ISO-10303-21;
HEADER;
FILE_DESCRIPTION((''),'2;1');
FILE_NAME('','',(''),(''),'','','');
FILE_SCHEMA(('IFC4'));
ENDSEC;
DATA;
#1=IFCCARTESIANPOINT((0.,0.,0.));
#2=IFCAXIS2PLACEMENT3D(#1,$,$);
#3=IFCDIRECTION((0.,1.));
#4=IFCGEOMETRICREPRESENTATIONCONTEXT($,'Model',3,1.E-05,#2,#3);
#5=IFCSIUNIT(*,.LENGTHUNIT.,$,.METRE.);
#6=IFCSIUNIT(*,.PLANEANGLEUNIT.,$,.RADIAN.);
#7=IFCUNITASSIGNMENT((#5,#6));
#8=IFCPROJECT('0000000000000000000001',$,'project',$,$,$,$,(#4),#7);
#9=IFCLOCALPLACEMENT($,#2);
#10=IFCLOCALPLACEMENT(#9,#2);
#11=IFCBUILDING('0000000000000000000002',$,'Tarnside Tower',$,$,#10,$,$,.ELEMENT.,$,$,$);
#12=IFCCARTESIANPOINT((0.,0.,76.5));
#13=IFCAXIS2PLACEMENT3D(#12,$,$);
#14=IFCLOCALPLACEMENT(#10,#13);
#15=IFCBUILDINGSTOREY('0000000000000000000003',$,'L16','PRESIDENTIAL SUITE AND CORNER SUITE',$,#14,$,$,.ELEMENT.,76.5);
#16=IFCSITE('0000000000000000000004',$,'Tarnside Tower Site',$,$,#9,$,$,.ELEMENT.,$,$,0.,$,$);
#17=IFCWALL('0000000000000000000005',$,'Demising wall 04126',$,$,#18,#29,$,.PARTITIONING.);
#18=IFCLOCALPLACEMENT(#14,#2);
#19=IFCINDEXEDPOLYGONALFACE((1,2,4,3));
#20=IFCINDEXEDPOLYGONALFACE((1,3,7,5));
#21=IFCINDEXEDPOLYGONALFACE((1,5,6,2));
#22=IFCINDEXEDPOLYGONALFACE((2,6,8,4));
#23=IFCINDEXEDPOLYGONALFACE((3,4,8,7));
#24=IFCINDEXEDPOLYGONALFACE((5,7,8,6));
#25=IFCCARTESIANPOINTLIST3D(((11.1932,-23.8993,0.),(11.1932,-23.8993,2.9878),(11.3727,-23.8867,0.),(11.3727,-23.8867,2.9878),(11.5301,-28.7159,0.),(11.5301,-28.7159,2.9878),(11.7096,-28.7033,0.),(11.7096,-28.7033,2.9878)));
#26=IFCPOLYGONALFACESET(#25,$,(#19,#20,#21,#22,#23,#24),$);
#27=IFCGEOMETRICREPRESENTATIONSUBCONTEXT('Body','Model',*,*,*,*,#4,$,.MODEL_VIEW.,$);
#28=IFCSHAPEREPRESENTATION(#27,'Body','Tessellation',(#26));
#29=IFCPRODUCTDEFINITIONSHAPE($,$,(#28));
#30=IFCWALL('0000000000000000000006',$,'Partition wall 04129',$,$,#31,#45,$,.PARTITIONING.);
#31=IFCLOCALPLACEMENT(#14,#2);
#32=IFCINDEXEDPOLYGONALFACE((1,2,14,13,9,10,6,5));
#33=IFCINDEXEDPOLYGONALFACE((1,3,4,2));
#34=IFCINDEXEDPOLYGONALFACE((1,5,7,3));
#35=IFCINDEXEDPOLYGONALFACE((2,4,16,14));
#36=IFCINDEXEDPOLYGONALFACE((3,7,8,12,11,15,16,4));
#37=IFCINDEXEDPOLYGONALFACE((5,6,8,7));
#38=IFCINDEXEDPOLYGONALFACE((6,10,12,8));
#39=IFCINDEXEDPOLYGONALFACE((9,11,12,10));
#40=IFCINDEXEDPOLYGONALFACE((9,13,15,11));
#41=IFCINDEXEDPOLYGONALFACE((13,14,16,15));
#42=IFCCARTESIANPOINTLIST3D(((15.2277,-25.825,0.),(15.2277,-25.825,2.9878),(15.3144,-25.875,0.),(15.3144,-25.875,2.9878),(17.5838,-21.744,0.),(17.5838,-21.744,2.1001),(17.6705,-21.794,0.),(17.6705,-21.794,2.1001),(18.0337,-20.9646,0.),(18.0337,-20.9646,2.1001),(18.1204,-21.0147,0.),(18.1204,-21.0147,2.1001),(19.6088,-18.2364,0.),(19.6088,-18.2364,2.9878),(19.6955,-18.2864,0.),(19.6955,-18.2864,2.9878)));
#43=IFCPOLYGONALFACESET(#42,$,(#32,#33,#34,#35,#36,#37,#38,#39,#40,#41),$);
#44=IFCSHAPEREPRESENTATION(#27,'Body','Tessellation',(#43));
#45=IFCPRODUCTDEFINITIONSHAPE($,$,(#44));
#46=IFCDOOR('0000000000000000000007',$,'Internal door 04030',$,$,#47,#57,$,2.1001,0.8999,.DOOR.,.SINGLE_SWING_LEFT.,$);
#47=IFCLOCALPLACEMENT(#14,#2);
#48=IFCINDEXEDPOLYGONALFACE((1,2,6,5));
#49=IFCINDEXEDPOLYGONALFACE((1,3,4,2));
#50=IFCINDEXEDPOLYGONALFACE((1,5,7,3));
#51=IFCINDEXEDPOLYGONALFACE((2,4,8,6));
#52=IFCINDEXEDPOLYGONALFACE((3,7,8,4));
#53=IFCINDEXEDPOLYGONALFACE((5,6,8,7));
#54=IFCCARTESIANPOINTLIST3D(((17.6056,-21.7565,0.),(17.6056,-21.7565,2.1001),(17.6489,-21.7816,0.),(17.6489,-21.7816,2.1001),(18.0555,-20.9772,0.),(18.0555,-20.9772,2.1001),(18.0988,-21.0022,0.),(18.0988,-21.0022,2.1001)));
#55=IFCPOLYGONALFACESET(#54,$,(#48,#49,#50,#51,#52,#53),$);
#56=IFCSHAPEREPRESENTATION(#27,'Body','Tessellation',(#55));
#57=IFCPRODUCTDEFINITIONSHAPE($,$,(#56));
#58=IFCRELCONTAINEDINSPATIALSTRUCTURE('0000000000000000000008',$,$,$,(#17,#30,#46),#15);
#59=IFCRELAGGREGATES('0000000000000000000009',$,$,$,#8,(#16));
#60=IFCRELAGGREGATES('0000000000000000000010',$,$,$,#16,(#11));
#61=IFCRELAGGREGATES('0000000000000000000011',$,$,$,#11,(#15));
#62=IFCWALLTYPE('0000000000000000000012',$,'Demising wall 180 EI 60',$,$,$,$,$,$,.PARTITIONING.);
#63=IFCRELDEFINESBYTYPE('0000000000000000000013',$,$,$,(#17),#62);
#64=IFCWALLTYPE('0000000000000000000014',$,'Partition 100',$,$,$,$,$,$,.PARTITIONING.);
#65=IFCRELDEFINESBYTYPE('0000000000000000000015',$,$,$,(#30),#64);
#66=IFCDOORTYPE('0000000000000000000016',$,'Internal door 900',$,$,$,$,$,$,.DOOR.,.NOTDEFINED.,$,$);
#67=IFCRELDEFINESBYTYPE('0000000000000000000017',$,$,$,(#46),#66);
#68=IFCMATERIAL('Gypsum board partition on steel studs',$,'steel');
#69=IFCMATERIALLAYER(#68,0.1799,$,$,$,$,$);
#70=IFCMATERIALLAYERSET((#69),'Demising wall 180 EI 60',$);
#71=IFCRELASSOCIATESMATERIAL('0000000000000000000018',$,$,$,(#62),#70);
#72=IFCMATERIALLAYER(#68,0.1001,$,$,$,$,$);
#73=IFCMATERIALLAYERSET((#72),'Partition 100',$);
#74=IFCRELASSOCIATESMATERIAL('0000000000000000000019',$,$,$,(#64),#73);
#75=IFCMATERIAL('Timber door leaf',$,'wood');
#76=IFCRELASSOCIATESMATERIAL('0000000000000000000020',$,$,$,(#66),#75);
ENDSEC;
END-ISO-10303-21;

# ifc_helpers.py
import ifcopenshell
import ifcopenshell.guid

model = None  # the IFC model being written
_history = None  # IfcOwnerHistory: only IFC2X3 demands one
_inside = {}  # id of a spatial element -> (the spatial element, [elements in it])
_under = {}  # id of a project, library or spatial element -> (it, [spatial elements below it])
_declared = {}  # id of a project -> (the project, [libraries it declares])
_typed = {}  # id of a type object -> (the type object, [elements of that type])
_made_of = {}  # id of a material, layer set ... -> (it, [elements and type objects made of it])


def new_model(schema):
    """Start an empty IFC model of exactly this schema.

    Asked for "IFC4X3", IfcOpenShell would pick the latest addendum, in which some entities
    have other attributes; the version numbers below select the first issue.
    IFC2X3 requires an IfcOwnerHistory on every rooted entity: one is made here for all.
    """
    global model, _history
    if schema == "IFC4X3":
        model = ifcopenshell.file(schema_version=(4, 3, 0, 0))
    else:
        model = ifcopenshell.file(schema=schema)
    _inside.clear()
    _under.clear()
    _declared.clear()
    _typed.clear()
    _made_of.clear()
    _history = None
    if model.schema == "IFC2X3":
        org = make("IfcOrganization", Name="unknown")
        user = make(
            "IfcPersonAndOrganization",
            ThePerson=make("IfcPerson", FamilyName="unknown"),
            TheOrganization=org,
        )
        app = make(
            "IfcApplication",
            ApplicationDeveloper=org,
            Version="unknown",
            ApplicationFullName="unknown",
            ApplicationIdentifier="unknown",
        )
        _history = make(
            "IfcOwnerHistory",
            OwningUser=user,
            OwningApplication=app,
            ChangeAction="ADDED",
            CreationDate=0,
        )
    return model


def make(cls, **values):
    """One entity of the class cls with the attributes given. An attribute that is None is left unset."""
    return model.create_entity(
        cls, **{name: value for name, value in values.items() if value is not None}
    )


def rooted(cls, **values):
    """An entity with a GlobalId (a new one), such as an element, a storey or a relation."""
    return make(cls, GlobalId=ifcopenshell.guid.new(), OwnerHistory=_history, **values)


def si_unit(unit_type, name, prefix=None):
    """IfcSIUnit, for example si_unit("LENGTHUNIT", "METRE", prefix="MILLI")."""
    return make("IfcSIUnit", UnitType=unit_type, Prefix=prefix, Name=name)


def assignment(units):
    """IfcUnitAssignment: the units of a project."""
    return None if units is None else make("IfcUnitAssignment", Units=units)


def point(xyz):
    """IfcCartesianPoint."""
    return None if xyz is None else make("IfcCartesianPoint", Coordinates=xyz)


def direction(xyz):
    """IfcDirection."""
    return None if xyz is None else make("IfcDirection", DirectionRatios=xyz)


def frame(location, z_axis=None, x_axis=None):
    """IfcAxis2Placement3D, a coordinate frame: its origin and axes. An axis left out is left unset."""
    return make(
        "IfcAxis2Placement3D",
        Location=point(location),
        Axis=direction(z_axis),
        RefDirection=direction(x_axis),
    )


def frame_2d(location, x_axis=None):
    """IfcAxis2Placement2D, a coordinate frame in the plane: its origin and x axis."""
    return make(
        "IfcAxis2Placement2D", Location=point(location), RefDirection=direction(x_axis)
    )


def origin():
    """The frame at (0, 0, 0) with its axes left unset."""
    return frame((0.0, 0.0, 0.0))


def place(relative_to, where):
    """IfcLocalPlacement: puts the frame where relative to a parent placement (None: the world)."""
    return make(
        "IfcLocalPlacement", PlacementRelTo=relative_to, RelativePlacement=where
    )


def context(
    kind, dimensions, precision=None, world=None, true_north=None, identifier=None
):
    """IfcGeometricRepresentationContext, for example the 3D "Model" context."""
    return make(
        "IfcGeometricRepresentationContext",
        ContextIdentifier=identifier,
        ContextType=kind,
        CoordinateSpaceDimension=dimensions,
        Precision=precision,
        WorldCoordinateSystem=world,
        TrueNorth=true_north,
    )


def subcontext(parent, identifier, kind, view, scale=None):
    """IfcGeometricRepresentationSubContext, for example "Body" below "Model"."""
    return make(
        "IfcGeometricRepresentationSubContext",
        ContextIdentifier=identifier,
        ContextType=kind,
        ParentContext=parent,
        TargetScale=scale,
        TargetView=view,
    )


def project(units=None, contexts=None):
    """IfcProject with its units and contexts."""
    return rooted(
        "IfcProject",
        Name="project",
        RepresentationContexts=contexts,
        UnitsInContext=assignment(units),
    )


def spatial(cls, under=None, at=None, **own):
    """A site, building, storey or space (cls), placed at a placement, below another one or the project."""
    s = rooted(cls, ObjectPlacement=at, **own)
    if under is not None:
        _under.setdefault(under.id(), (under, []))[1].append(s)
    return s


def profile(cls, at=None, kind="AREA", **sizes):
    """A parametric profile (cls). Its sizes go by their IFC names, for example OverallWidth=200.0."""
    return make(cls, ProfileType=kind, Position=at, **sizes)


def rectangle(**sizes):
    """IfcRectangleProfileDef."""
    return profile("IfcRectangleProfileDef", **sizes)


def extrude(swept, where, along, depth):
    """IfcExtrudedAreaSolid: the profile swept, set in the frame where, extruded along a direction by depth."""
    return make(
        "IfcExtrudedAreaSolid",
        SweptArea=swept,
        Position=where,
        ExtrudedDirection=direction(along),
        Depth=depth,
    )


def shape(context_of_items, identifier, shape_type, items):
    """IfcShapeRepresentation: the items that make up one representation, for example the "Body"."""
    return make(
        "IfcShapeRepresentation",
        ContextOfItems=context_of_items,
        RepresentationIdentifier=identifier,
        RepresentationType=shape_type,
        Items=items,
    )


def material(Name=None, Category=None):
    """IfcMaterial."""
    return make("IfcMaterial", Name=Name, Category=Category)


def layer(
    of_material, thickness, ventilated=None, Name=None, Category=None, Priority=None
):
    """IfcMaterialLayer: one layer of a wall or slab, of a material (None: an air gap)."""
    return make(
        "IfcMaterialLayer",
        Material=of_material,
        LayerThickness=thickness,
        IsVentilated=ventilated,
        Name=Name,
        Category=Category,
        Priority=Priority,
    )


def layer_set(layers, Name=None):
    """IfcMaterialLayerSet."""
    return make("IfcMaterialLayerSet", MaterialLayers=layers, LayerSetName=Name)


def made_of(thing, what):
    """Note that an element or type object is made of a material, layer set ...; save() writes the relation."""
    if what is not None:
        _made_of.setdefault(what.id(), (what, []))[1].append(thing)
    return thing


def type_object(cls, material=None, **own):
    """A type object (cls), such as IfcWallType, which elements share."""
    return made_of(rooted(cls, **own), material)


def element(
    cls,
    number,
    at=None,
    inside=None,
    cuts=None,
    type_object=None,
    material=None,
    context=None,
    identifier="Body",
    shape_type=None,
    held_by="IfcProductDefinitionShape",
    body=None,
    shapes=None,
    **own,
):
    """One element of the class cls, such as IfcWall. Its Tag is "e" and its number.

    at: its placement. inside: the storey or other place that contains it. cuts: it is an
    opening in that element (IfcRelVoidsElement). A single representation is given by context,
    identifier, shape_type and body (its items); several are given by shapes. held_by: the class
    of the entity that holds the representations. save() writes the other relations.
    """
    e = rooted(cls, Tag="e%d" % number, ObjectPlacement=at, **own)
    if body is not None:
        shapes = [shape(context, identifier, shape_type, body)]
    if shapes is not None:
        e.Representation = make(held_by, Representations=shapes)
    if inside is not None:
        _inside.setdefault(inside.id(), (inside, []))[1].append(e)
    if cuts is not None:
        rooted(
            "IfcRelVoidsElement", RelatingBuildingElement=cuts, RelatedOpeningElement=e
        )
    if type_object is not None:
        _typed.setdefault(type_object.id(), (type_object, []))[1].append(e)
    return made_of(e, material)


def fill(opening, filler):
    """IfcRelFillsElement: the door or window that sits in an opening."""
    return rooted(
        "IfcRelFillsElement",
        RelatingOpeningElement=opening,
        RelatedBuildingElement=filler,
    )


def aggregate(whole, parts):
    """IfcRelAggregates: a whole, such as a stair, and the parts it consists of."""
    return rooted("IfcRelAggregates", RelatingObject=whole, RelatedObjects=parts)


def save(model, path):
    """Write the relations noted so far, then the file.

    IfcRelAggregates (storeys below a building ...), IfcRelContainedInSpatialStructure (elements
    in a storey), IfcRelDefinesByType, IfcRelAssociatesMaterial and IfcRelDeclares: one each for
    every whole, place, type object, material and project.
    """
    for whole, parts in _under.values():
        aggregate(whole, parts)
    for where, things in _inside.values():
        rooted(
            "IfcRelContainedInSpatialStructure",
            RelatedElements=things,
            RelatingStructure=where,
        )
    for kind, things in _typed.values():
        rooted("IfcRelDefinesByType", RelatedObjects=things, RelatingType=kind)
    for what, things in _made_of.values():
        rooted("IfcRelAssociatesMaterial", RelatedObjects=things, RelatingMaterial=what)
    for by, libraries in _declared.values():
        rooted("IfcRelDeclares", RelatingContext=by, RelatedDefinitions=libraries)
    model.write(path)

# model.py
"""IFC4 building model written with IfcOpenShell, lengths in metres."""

from ifc_helpers import new_model, si_unit, direction, frame, frame_2d, origin, place, context, subcontext, project, spatial, rectangle, extrude, material, layer, layer_set, type_object, element, fill, save


model = new_model("IFC4")

# Units and contexts
model_context = context("Model", 3, precision=1e-05, world=origin(), true_north=direction((0.0, 1.0)))
body_context = subcontext(model_context, "Body", "Model", "MODEL_VIEW")
ifc_project = project(units=[si_unit("LENGTHUNIT", "METRE"), si_unit("PLANEANGLEUNIT", "RADIAN")], contexts=[model_context])

# Site, building, storey
site_placement = place(None, origin())
site = spatial("IfcSite", under=ifc_project, at=site_placement, Name="Tarnside Tower Site", CompositionType="ELEMENT", RefElevation=0.0)
building_placement = place(site_placement, origin())
building = spatial("IfcBuilding", under=site, at=building_placement, Name="Tarnside Tower", CompositionType="ELEMENT")
storey_placement = place(building_placement, frame((0.0, 0.0, 76.5)))
storey = spatial("IfcBuildingStorey", under=building, at=storey_placement, Name="L16", Description="PRESIDENTIAL SUITE AND CORNER SUITE", CompositionType="ELEMENT", Elevation=76.5)

# Shared definitions
ifc_material_1 = material(Name="Gypsum board partition on steel studs", Category="steel")
ifc_material_2 = material(Name="Timber door leaf", Category="wood")

# Wall
ifc_layer_1 = layer(ifc_material_1, 0.1799)
ifc_layer_set_1 = layer_set([ifc_layer_1], Name="Demising wall 180 EI 60")
wall_type_1 = type_object("IfcWallType", Name="Demising wall 180 EI 60", PredefinedType="PARTITIONING", material=ifc_layer_set_1)
wall_1_placement = place(storey_placement, frame((11.6199, -28.7095, 0.0), z_axis=(0.0, 0.0, 1.0), x_axis=(-0.069777, 0.997563, 0.0)))
element("IfcWall", 1, at=wall_1_placement, inside=storey, type_object=wall_type_1, Name="Demising wall 04126", PredefinedType="PARTITIONING", context=body_context, shape_type="SweptSolid", body=[
    extrude(rectangle(XDim=4.8284, YDim=0.1799, at=frame_2d((2.4141, 0.0))), origin(), (0.0, 0.0, 1.0), 2.9878),
])

# Wall, opening, door
ifc_layer_2 = layer(ifc_material_1, 0.1001)
ifc_layer_set_2 = layer_set([ifc_layer_2], Name="Partition 100")
wall_type_2 = type_object("IfcWallType", Name="Partition 100", PredefinedType="PARTITIONING", material=ifc_layer_set_2)
wall_2_placement = place(storey_placement, frame((15.271, -25.8501, 0.0), z_axis=(0.0, 0.0, 1.0), x_axis=(0.499984, 0.866035, 0.0)))
wall_2 = element("IfcWall", 2, at=wall_2_placement, inside=storey, type_object=wall_type_2, Name="Partition wall 04129", PredefinedType="PARTITIONING", context=body_context, shape_type="SweptSolid", body=[
    extrude(rectangle(XDim=8.7625, YDim=0.1001, at=frame_2d((4.3813, 0.0))), origin(), (0.0, 0.0, 1.0), 2.9878),
])
opening_1_placement = place(wall_2_placement, frame((4.7124, 0.0, 0.0)))
opening_1 = element("IfcOpeningElement", 3, at=opening_1_placement, cuts=wall_2, PredefinedType="OPENING", context=body_context, shape_type="SweptSolid", body=[
    extrude(rectangle(XDim=0.8999, YDim=2.1001, at=frame_2d((0.45, 1.05))), frame((0.0, 0.0601, 0.0), z_axis=(0.0, -1.0, 0.0), x_axis=(1.0, 0.0, 0.0)), (0.0, 0.0, 1.0), 0.1201),
])
door_type_1 = type_object("IfcDoorType", Name="Internal door 900", OperationType="NOTDEFINED", PredefinedType="DOOR", material=ifc_material_2)
door_1_placement = place(opening_1_placement, origin())
door_1 = element("IfcDoor", 4, at=door_1_placement, inside=storey, type_object=door_type_1, Name="Internal door 04030", OperationType="SINGLE_SWING_LEFT", OverallHeight=2.1001, OverallWidth=0.8999, PredefinedType="DOOR", context=body_context, shape_type="SweptSolid", body=[
    extrude(rectangle(XDim=0.8999, YDim=2.1001, at=frame_2d((0.45, 1.05))), frame((0.0, 0.0249, 0.0), z_axis=(0.0, -1.0, 0.0), x_axis=(1.0, 0.0, 0.0)), (0.0, 0.0, 1.0), 0.05),
])
fill(opening_1, door_1)

save(model, "model.ifc")
